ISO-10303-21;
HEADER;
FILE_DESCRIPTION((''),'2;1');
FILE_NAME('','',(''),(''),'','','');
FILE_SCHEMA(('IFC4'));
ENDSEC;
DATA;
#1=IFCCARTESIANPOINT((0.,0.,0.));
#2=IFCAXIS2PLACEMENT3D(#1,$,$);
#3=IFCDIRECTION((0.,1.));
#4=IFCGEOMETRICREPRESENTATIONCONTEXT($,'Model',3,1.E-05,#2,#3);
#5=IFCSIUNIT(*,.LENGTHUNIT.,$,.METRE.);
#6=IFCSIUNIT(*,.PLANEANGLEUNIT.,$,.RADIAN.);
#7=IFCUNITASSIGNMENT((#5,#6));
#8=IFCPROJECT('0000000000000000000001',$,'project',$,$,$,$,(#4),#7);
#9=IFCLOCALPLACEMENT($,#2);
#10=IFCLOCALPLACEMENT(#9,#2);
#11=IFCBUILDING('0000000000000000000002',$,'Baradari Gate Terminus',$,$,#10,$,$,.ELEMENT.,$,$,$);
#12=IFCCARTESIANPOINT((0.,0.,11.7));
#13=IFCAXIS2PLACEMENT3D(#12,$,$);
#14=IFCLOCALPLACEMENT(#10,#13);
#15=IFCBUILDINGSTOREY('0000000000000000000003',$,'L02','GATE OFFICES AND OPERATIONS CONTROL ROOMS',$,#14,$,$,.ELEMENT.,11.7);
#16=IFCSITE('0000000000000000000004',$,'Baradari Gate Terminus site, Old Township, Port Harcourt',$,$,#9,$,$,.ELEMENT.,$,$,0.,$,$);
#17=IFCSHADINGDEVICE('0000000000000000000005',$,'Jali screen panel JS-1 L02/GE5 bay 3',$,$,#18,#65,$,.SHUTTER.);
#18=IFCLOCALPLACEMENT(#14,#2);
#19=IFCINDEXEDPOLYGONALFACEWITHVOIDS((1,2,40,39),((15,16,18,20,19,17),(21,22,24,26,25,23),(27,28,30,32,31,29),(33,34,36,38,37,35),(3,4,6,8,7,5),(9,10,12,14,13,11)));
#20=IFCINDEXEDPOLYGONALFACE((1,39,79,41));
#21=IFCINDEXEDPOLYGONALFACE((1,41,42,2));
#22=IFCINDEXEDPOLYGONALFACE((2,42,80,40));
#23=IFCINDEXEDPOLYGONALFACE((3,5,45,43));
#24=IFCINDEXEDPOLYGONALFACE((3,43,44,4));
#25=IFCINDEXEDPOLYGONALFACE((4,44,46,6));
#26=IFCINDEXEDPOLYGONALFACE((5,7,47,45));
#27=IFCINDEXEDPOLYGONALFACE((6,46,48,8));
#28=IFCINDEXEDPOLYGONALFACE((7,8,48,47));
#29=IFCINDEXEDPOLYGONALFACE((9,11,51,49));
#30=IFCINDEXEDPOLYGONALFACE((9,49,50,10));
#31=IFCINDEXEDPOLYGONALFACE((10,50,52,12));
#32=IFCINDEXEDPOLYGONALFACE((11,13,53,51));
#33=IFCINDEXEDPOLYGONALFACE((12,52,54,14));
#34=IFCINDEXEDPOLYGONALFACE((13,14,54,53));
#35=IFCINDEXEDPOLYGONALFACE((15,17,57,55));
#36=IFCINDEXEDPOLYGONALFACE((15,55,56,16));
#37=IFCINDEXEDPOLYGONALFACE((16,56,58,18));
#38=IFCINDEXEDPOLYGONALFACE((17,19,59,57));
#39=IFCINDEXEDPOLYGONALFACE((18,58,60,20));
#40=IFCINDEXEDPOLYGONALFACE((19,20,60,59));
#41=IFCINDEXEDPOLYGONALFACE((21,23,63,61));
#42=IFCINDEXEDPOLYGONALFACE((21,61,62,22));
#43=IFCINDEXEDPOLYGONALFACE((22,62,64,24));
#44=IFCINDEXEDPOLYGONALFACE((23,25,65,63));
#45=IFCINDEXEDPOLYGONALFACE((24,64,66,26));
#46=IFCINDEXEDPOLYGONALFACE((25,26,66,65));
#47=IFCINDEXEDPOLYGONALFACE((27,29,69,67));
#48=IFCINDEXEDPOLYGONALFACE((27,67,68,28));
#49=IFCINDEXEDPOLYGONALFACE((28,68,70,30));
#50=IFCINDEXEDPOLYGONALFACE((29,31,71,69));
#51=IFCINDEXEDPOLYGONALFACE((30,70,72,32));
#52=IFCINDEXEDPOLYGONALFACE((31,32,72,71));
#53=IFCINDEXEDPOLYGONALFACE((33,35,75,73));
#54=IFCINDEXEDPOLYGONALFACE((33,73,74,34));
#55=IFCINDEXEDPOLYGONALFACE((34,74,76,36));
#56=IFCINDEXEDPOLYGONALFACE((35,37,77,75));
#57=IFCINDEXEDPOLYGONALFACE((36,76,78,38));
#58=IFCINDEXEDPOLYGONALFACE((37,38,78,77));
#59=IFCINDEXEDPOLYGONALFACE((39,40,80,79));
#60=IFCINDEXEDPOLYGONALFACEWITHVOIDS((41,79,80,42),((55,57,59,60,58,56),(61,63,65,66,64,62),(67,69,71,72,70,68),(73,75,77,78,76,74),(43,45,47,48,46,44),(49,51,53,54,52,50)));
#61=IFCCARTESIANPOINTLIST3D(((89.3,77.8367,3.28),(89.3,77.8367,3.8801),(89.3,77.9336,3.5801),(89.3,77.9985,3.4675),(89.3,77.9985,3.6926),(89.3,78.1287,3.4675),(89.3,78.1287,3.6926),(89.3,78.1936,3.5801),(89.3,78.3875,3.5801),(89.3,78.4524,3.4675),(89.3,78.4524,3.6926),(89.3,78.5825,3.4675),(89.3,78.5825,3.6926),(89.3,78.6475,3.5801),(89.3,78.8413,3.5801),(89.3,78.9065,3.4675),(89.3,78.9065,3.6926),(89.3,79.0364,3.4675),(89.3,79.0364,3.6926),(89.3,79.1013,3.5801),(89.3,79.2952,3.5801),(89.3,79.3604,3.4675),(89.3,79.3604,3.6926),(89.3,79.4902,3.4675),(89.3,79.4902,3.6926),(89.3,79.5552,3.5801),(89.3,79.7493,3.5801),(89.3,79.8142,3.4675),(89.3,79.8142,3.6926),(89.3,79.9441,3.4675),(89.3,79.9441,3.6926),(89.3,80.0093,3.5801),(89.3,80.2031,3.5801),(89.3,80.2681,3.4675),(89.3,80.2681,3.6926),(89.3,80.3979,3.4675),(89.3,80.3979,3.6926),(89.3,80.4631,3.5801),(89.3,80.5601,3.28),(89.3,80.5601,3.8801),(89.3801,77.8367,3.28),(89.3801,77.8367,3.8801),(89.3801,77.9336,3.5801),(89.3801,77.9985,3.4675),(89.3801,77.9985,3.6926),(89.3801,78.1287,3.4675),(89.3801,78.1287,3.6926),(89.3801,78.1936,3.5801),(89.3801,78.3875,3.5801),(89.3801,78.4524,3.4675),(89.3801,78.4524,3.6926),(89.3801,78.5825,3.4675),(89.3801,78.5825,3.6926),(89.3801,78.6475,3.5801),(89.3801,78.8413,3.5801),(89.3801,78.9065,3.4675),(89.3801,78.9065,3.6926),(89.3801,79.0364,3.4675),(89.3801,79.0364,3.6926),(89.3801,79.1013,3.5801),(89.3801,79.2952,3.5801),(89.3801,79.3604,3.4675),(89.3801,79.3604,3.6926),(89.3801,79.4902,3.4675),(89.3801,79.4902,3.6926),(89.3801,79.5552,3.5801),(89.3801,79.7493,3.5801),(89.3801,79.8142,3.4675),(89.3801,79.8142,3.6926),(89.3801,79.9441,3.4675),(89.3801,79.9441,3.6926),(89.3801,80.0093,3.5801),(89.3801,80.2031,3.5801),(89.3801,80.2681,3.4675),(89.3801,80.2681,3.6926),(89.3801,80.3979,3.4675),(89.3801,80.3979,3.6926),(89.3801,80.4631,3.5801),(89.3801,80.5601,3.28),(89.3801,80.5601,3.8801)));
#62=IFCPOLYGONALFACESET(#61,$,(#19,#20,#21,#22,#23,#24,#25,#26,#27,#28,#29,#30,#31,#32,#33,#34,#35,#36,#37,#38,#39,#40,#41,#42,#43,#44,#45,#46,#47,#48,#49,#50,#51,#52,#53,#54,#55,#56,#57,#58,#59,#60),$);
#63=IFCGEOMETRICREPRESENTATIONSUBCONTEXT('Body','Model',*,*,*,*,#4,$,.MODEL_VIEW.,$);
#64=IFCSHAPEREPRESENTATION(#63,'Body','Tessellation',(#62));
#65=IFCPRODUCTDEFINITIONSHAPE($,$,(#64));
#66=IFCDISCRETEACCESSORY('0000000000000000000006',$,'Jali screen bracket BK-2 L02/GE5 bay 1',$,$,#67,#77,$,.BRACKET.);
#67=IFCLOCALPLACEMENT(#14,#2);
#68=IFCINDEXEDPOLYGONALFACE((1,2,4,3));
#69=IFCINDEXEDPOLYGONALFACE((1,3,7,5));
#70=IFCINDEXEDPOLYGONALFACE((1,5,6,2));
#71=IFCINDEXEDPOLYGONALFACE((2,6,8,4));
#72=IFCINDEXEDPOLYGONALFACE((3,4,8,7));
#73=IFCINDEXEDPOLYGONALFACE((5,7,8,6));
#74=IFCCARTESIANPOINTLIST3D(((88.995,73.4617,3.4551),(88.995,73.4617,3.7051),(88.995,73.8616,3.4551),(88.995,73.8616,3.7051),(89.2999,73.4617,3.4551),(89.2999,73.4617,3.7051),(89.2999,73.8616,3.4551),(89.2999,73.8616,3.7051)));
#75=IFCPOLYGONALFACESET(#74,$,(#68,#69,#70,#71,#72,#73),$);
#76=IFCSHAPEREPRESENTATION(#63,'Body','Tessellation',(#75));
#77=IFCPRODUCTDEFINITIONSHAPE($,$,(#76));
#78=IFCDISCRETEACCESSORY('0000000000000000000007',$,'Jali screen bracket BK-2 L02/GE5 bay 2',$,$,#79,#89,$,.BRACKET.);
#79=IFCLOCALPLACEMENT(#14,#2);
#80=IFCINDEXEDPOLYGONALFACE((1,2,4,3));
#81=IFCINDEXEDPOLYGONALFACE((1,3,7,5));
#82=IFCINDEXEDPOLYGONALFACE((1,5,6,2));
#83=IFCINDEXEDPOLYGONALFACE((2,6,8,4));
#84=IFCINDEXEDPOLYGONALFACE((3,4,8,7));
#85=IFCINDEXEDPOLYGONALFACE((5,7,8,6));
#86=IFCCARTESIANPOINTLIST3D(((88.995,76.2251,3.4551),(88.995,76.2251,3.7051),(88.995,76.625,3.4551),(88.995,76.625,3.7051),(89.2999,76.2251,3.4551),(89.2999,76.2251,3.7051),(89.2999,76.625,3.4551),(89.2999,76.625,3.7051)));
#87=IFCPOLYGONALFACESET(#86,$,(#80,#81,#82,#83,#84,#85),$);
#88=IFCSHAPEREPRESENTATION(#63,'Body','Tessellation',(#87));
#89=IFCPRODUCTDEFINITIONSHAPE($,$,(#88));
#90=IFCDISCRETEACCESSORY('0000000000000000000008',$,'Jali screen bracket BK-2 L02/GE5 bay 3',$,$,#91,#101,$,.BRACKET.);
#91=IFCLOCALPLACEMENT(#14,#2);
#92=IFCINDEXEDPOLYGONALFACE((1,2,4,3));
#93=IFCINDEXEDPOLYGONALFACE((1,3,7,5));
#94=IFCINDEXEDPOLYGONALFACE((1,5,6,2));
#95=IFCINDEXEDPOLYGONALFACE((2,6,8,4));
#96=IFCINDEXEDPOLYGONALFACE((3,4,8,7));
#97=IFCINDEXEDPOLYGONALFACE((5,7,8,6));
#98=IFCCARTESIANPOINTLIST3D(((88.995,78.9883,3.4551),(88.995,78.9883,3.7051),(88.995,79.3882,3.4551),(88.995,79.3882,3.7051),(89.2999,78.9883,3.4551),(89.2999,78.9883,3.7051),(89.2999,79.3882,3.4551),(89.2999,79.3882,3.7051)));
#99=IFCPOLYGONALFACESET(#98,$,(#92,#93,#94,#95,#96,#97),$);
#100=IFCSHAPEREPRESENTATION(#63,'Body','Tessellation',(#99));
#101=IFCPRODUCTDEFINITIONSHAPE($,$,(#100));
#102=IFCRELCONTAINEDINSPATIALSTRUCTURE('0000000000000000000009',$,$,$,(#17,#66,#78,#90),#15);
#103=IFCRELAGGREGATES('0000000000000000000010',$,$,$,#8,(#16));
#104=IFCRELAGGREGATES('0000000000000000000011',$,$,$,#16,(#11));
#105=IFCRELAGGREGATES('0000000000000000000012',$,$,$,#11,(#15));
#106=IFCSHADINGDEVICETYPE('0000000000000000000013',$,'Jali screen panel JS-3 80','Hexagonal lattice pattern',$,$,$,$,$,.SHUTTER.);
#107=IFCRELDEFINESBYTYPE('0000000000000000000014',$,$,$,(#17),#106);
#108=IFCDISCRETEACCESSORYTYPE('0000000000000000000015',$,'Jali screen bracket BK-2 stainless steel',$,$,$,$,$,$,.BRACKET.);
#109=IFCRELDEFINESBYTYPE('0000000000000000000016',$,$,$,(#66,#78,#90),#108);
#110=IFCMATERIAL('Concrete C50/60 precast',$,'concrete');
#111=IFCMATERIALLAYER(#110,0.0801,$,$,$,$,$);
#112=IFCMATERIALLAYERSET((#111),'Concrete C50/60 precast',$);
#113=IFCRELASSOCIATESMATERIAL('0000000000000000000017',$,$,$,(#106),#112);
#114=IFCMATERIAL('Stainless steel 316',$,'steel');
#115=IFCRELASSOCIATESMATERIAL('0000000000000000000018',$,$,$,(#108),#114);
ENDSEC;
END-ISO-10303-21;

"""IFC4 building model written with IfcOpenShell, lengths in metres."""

from ifc_helpers import new_model, si_unit, direction, frame, origin, origin_2d, place, context, subcontext, project, spatial, polyline, rectangle, outline, extrude, material, layer, layer_set, type_object, element, save


model = new_model("IFC4")

# Units and contexts
model_context = context("Model", 3, precision=1e-05, world=origin(), true_north=direction((0.0, 1.0)))
body_context = subcontext(model_context, "Body", "Model", "MODEL_VIEW")
ifc_project = project(units=[si_unit("LENGTHUNIT", "METRE"), si_unit("PLANEANGLEUNIT", "RADIAN")], contexts=[model_context])

# Site, building, storey
site_placement = place(None, origin())
site = spatial("IfcSite", under=ifc_project, at=site_placement, Name="Baradari Gate Terminus site, Old Township, Port Harcourt", CompositionType="ELEMENT", RefElevation=0.0)
building_placement = place(site_placement, origin())
building = spatial("IfcBuilding", under=site, at=building_placement, Name="Baradari Gate Terminus", CompositionType="ELEMENT")
storey_placement = place(building_placement, frame((0.0, 0.0, 11.7)))
storey = spatial("IfcBuildingStorey", under=building, at=storey_placement, Name="L02", Description="GATE OFFICES AND OPERATIONS CONTROL ROOMS", CompositionType="ELEMENT", Elevation=11.7)

# Shading device
ifc_material_1 = material(Name="Concrete C50/60 precast", Category="concrete")
ifc_layer_1 = layer(ifc_material_1, 0.0801)
ifc_layer_set_1 = layer_set([ifc_layer_1], Name="Concrete C50/60 precast")
shading_device_type = type_object("IfcShadingDeviceType", Name="Jali screen panel JS-3 80", Description="Hexagonal lattice pattern", PredefinedType="SHUTTER", material=ifc_layer_set_1)
shading_device_1_placement = place(storey_placement, frame((89.3401, 77.8367, 3.28), z_axis=(0.0, 0.0, 1.0), x_axis=(0.0, 1.0, 0.0)))
element("IfcShadingDevice", 1, at=shading_device_1_placement, inside=storey, type_object=shading_device_type, Name="Jali screen panel JS-1 L02/GE5 bay 3", PredefinedType="SHUTTER", context=body_context, shape_type="SweptSolid", body=[
    extrude(outline(polyline([(0.0, 0.0), (2.7234, 0.0), (2.7234, 0.6001), (0.0, 0.6001), (0.0, 0.0)]), holes=[polyline([(0.3569, 0.3), (0.292, 0.1875), (0.1619, 0.1875), (0.0969, 0.3), (0.1619, 0.4126), (0.292, 0.4126), (0.3569, 0.3)]), polyline([(0.8108, 0.3), (0.7458, 0.1875), (0.6157, 0.1875), (0.5508, 0.3), (0.6157, 0.4126), (0.7458, 0.4126), (0.8108, 0.3)]), polyline([(1.2646, 0.3), (1.1997, 0.1875), (1.0698, 0.1875), (1.0046, 0.3), (1.0698, 0.4126), (1.1997, 0.4126), (1.2646, 0.3)]), polyline([(1.7185, 0.3), (1.6536, 0.1875), (1.5237, 0.1875), (1.4585, 0.3), (1.5237, 0.4126), (1.6536, 0.4126), (1.7185, 0.3)]), polyline([(2.1726, 0.3), (2.1074, 0.1875), (1.9775, 0.1875), (1.9126, 0.3), (1.9775, 0.4126), (2.1074, 0.4126), (2.1726, 0.3)]), polyline([(2.6265, 0.3), (2.5613, 0.1875), (2.4314, 0.1875), (2.3665, 0.3), (2.4314, 0.4126), (2.5613, 0.4126), (2.6265, 0.3)])]), frame((0.0, 0.04, 0.0), z_axis=(0.0, -1.0, 0.0), x_axis=(1.0, 0.0, 0.0)), (0.0, 0.0, 1.0), 0.0801),
])

# Discrete accessories
ifc_material_2 = material(Name="Stainless steel 316", Category="steel")
discrete_accessory_type = type_object("IfcDiscreteAccessoryType", Name="Jali screen bracket BK-2 stainless steel", PredefinedType="BRACKET", material=ifc_material_2)
for number, where, z_axis, x_axis, name in (
    (2, (89.1475, 73.6616, 3.4551), (0.0, 0.0, 1.0), (1.0, 0.0, 0.0), "Jali screen bracket BK-2 L02/GE5 bay 1"),
    (3, (89.1475, 76.425, 3.4551), (0.0, 0.0, 1.0), (1.0, 0.0, 0.0), "Jali screen bracket BK-2 L02/GE5 bay 2"),
    (4, (89.1475, 79.1882, 3.4551), (0.0, 0.0, 1.0), (1.0, 0.0, 0.0), "Jali screen bracket BK-2 L02/GE5 bay 3"),
):
    element("IfcDiscreteAccessory", number, at=place(storey_placement, frame(where, z_axis=z_axis, x_axis=x_axis)), inside=storey, type_object=discrete_accessory_type, Name=name, PredefinedType="BRACKET", context=body_context, shape_type="SweptSolid", body=[
        extrude(rectangle(XDim=0.3049, YDim=0.3999, at=origin_2d()), origin(), (0.0, 0.0, 1.0), 0.25),
    ])

save(model, "model.ifc")
